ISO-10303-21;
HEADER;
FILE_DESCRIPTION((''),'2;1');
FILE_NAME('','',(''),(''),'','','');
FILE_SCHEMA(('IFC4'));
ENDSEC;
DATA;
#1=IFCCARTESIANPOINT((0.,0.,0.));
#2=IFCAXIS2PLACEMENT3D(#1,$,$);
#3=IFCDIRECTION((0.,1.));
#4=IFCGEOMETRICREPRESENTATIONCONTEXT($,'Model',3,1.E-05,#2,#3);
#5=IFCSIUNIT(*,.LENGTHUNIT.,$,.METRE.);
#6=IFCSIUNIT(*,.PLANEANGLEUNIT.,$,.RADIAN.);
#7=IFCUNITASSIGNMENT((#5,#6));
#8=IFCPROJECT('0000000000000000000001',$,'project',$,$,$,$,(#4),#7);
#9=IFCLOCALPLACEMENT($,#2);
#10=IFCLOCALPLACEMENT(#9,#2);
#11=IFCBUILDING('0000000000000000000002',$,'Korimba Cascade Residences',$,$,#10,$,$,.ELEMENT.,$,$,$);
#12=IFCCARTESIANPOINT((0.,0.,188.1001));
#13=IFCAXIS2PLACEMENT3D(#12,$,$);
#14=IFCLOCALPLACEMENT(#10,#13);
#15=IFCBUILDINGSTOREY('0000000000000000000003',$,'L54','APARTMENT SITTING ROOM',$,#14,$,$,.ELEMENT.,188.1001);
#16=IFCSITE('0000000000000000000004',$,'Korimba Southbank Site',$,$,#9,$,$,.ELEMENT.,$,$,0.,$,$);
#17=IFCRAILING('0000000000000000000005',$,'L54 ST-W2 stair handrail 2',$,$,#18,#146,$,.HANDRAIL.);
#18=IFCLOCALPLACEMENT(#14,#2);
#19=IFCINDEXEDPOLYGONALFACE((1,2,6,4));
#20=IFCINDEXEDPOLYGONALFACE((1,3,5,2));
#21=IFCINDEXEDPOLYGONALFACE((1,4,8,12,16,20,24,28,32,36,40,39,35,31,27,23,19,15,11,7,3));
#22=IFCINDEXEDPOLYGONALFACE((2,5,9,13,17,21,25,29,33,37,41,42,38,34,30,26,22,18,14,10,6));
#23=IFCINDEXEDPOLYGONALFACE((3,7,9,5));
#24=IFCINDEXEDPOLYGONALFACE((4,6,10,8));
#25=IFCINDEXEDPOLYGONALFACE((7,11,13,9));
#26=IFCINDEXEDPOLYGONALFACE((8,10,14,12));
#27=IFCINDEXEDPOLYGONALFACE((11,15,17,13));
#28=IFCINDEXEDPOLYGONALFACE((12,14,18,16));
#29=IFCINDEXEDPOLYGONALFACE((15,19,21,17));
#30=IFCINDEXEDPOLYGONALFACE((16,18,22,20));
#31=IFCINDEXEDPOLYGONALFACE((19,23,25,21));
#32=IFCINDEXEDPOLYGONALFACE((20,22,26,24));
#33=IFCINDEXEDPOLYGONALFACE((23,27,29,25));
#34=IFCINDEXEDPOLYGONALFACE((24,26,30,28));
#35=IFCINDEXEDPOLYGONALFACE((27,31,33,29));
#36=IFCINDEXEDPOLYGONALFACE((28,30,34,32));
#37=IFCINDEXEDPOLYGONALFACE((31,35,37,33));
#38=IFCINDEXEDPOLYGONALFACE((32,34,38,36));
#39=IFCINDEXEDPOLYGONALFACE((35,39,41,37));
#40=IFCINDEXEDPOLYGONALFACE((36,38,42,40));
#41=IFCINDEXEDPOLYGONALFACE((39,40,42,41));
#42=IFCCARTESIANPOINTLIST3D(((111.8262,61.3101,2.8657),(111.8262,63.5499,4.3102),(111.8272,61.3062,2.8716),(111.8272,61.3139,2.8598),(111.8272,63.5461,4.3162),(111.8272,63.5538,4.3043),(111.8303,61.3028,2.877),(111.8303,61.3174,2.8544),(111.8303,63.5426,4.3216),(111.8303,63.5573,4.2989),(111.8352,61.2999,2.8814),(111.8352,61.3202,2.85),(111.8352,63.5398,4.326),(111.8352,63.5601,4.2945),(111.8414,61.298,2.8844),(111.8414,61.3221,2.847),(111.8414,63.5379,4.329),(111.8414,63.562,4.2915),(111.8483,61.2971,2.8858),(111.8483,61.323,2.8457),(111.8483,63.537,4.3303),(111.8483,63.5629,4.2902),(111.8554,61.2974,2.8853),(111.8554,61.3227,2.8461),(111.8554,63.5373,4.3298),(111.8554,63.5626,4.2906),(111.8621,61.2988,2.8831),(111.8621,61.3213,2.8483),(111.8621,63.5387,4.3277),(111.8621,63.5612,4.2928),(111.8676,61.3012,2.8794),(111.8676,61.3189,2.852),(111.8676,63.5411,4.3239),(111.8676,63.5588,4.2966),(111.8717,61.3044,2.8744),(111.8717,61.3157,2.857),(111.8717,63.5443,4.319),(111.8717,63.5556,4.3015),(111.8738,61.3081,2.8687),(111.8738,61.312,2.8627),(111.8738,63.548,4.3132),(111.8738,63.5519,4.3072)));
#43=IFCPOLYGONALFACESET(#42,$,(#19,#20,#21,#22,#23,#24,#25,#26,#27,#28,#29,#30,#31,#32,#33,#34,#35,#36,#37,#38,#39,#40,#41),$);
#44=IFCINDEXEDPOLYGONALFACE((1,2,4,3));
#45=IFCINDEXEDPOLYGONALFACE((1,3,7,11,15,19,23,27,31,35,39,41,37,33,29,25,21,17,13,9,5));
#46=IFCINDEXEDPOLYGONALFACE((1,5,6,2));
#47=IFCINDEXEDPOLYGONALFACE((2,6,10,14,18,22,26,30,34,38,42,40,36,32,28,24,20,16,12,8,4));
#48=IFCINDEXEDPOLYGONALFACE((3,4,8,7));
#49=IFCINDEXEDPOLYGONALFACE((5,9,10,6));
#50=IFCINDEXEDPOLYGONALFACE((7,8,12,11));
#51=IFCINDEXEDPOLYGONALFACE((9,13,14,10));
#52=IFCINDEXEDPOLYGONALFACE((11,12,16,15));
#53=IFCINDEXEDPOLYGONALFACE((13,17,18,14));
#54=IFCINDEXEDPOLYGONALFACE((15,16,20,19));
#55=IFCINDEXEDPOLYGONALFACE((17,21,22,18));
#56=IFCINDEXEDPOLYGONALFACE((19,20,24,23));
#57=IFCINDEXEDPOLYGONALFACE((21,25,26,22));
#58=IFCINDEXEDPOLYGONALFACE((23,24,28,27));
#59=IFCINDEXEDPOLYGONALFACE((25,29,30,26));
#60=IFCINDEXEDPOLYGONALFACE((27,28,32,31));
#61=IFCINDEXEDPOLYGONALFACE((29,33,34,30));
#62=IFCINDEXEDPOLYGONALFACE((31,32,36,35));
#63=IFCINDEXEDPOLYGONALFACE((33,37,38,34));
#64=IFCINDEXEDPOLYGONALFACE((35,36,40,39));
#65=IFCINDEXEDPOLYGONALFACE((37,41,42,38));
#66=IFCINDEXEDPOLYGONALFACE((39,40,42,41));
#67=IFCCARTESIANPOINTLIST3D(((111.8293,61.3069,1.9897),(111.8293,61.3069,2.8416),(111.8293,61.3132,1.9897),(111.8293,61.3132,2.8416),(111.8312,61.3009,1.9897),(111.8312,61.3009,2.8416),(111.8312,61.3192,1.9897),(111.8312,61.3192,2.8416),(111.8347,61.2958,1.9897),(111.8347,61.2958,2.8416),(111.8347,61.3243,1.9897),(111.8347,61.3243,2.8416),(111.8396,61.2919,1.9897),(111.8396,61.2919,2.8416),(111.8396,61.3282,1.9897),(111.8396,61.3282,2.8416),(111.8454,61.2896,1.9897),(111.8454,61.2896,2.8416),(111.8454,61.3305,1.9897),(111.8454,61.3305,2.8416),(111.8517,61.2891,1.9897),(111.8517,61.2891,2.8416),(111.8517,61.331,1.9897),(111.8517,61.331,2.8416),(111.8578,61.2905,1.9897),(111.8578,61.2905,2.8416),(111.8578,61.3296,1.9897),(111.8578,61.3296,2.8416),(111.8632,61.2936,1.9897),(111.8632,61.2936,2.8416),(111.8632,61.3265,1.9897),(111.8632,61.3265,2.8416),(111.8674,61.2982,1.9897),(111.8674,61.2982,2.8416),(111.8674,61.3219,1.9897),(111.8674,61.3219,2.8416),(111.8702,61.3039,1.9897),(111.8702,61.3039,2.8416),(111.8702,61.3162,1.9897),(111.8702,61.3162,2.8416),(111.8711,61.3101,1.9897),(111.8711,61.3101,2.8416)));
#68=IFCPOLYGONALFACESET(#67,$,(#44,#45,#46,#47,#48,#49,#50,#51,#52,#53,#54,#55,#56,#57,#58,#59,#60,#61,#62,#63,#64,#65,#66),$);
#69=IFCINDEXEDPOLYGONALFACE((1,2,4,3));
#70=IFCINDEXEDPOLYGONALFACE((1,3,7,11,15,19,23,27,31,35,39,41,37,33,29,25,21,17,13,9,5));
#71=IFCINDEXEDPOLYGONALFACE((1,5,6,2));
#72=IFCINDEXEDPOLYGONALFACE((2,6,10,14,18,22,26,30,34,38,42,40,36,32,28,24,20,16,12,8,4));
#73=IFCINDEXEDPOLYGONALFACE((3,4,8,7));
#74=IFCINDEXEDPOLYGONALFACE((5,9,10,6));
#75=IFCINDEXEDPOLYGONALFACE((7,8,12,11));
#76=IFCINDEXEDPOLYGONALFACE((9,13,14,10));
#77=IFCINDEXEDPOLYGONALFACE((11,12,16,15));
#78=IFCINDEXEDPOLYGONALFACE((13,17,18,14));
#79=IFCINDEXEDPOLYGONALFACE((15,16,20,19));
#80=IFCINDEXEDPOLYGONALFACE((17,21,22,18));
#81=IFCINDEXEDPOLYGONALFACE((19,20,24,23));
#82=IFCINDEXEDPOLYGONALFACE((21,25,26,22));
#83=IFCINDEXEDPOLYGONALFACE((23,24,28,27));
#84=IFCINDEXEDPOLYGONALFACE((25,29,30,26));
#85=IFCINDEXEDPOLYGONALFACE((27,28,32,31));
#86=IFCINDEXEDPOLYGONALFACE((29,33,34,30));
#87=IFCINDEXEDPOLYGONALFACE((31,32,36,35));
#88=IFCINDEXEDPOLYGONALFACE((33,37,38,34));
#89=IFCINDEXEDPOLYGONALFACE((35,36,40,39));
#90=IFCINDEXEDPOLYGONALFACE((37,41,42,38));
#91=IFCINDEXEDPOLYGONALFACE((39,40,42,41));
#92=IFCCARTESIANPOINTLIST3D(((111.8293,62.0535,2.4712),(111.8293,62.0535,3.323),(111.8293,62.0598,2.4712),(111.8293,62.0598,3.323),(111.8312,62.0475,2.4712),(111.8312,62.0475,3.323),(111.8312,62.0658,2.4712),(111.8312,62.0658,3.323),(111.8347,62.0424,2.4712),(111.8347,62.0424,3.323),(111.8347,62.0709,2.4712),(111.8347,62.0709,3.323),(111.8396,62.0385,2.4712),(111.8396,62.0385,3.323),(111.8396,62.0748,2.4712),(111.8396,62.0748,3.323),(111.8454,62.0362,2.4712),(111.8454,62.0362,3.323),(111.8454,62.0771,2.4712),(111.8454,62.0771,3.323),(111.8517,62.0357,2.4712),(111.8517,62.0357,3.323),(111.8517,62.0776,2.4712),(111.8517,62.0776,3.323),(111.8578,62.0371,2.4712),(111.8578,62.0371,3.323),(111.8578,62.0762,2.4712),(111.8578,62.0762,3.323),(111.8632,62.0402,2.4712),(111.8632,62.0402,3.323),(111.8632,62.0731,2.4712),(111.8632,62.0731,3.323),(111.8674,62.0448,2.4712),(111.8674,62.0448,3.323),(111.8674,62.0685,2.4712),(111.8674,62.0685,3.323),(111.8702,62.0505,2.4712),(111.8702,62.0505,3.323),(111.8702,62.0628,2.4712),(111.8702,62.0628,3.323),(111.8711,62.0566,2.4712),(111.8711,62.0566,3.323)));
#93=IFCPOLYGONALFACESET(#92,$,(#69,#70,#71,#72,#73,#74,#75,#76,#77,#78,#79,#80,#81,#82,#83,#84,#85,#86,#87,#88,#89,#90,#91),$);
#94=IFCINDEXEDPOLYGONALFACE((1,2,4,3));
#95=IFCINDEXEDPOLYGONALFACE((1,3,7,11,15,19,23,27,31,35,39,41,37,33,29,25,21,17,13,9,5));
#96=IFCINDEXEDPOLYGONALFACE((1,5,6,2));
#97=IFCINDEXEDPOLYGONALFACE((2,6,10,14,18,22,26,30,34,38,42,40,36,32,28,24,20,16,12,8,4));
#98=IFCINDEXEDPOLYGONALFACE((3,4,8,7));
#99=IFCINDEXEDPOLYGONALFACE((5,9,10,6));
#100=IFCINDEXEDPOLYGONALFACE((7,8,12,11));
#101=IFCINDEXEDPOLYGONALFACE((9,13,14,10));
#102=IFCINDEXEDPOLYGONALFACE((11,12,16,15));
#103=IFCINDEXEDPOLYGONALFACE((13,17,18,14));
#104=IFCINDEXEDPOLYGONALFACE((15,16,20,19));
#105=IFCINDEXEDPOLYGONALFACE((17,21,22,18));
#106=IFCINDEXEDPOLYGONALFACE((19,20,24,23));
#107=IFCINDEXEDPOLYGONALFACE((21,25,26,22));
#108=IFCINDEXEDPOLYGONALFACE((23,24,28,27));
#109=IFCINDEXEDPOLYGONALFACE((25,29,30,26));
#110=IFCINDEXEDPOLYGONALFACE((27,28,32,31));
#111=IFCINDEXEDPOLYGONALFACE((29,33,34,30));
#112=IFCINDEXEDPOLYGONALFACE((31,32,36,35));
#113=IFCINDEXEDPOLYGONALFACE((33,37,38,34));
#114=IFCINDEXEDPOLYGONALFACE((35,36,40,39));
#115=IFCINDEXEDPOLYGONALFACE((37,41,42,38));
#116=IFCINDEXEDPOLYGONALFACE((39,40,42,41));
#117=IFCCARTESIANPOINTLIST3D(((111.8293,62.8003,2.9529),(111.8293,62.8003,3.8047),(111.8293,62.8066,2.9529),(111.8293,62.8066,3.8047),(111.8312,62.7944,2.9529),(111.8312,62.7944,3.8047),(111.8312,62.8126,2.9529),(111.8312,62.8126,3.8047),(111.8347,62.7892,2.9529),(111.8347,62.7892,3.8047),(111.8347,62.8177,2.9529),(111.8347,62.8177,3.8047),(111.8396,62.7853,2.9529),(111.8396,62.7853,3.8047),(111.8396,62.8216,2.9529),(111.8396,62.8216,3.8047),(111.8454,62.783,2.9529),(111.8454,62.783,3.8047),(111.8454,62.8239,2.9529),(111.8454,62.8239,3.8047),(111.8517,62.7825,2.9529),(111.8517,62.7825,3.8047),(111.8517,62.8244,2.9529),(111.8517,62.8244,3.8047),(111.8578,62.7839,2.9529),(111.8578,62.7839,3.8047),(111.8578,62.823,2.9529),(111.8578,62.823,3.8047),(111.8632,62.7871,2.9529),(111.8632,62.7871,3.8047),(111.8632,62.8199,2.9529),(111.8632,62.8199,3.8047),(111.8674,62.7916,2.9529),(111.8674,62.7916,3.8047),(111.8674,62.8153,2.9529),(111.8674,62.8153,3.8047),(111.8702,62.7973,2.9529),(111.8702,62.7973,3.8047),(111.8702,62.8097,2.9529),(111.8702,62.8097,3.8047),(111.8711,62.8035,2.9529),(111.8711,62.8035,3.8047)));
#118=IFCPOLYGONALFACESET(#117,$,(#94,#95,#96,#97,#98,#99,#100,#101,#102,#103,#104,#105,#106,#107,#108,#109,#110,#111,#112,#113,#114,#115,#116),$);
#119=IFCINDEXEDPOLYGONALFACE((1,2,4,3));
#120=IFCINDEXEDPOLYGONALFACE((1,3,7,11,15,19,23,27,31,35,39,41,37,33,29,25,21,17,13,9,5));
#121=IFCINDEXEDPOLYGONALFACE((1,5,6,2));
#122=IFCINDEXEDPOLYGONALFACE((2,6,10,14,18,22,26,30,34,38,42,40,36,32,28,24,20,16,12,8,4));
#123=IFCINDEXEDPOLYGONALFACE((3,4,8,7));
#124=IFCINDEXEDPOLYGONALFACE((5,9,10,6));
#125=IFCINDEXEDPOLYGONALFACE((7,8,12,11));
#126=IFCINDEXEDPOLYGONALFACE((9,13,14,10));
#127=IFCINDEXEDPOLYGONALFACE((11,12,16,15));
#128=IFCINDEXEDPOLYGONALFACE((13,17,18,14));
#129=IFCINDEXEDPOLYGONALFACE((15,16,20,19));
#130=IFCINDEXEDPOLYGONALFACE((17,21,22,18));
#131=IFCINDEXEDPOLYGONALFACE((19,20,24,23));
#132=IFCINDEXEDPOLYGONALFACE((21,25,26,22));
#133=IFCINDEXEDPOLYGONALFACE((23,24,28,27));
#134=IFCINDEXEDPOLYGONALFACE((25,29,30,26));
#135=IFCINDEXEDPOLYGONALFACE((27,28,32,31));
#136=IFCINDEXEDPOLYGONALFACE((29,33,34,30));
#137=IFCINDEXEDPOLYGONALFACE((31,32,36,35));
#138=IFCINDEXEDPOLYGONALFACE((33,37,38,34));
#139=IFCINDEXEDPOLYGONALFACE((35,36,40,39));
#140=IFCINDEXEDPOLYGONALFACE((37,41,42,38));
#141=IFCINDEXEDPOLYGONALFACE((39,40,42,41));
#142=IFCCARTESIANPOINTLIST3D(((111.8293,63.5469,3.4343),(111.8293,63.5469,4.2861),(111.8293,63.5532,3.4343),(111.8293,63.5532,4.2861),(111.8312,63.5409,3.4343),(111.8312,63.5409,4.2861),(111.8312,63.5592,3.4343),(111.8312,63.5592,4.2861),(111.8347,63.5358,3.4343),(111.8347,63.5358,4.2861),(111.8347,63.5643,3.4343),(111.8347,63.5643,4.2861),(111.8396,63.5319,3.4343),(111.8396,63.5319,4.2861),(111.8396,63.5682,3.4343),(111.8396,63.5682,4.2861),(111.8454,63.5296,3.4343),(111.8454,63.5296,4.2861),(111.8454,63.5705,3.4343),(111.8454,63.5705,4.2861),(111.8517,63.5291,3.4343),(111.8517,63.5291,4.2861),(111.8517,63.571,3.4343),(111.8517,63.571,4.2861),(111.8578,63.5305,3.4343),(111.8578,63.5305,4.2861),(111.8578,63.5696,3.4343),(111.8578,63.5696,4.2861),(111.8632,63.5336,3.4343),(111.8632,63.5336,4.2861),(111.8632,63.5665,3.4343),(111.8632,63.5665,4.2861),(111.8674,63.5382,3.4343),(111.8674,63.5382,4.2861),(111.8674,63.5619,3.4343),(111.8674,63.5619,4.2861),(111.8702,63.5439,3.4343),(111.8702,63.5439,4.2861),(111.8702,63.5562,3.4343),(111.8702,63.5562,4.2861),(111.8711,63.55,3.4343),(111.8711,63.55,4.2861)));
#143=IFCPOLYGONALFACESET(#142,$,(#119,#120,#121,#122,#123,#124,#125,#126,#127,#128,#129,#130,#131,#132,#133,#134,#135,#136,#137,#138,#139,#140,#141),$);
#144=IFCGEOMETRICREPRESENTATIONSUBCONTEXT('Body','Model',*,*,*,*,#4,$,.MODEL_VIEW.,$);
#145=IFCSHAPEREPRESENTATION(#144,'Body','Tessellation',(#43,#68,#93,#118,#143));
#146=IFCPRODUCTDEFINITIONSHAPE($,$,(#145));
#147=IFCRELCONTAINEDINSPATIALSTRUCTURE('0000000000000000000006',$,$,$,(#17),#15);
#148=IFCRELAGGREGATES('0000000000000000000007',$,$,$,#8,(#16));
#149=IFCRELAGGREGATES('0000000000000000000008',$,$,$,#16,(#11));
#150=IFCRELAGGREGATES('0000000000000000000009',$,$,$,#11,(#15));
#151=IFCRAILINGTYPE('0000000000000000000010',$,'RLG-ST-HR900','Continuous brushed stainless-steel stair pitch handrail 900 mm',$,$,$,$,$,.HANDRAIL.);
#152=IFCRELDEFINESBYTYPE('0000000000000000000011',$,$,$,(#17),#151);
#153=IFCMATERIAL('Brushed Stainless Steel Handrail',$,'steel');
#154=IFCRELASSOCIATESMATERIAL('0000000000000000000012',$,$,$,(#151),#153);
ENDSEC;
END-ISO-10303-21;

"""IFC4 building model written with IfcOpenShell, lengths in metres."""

from ifc_helpers import new_model, si_unit, direction, frame, origin, origin_2d, place, context, subcontext, project, spatial, circle, extrude, material, type_object, element, save


model = new_model("IFC4")

# Units and contexts
model_context = context("Model", 3, precision=1e-05, world=origin(), true_north=direction((0.0, 1.0)))
body_context = subcontext(model_context, "Body", "Model", "MODEL_VIEW")
ifc_project = project(units=[si_unit("LENGTHUNIT", "METRE"), si_unit("PLANEANGLEUNIT", "RADIAN")], contexts=[model_context])

# Site, building, storey
site_placement = place(None, origin())
site = spatial("IfcSite", under=ifc_project, at=site_placement, Name="Korimba Southbank Site", CompositionType="ELEMENT", RefElevation=0.0)
building_placement = place(site_placement, origin())
building = spatial("IfcBuilding", under=site, at=building_placement, Name="Korimba Cascade Residences", CompositionType="ELEMENT")
storey_placement = place(building_placement, frame((0.0, 0.0, 188.1001)))
storey = spatial("IfcBuildingStorey", under=building, at=storey_placement, Name="L54", Description="APARTMENT SITTING ROOM", CompositionType="ELEMENT", Elevation=188.1001)

# Railing
ifc_material_1 = material(Name="Brushed Stainless Steel Handrail", Category="steel")
railing_type_1 = type_object("IfcRailingType", Name="RLG-ST-HR900", Description="Continuous brushed stainless-steel stair pitch handrail 900 mm", PredefinedType="HANDRAIL", material=ifc_material_1)
railing_1_placement = place(storey_placement, frame((111.8501, 61.3101, 1.9897)))
element("IfcRailing", 1, at=railing_1_placement, inside=storey, type_object=railing_type_1, Name="L54 ST-W2 stair handrail 2", PredefinedType="HANDRAIL", context=body_context, shape_type="SweptSolid", body=[
    extrude(circle(Radius=0.0239, at=origin_2d()), frame((0.0, 0.0, 0.876), z_axis=(0.0, 0.840395, 0.541975), x_axis=(-1.0, 0.0, 0.0)), (0.0, 0.0, 1.0), 2.6653),
    extrude(circle(Radius=0.021, at=origin_2d()), origin(), (0.0, 0.0, 1.0), 0.8518),
    extrude(circle(Radius=0.021, at=origin_2d()), frame((0.0, 0.7466, 0.4814)), (0.0, 0.0, 1.0), 0.8518),
    extrude(circle(Radius=0.021, at=origin_2d()), frame((0.0, 1.4934, 0.9631)), (0.0, 0.0, 1.0), 0.8518),
    extrude(circle(Radius=0.021, at=origin_2d()), frame((0.0, 2.24, 1.4446)), (0.0, 0.0, 1.0), 0.8518),
])

save(model, "model.ifc")
